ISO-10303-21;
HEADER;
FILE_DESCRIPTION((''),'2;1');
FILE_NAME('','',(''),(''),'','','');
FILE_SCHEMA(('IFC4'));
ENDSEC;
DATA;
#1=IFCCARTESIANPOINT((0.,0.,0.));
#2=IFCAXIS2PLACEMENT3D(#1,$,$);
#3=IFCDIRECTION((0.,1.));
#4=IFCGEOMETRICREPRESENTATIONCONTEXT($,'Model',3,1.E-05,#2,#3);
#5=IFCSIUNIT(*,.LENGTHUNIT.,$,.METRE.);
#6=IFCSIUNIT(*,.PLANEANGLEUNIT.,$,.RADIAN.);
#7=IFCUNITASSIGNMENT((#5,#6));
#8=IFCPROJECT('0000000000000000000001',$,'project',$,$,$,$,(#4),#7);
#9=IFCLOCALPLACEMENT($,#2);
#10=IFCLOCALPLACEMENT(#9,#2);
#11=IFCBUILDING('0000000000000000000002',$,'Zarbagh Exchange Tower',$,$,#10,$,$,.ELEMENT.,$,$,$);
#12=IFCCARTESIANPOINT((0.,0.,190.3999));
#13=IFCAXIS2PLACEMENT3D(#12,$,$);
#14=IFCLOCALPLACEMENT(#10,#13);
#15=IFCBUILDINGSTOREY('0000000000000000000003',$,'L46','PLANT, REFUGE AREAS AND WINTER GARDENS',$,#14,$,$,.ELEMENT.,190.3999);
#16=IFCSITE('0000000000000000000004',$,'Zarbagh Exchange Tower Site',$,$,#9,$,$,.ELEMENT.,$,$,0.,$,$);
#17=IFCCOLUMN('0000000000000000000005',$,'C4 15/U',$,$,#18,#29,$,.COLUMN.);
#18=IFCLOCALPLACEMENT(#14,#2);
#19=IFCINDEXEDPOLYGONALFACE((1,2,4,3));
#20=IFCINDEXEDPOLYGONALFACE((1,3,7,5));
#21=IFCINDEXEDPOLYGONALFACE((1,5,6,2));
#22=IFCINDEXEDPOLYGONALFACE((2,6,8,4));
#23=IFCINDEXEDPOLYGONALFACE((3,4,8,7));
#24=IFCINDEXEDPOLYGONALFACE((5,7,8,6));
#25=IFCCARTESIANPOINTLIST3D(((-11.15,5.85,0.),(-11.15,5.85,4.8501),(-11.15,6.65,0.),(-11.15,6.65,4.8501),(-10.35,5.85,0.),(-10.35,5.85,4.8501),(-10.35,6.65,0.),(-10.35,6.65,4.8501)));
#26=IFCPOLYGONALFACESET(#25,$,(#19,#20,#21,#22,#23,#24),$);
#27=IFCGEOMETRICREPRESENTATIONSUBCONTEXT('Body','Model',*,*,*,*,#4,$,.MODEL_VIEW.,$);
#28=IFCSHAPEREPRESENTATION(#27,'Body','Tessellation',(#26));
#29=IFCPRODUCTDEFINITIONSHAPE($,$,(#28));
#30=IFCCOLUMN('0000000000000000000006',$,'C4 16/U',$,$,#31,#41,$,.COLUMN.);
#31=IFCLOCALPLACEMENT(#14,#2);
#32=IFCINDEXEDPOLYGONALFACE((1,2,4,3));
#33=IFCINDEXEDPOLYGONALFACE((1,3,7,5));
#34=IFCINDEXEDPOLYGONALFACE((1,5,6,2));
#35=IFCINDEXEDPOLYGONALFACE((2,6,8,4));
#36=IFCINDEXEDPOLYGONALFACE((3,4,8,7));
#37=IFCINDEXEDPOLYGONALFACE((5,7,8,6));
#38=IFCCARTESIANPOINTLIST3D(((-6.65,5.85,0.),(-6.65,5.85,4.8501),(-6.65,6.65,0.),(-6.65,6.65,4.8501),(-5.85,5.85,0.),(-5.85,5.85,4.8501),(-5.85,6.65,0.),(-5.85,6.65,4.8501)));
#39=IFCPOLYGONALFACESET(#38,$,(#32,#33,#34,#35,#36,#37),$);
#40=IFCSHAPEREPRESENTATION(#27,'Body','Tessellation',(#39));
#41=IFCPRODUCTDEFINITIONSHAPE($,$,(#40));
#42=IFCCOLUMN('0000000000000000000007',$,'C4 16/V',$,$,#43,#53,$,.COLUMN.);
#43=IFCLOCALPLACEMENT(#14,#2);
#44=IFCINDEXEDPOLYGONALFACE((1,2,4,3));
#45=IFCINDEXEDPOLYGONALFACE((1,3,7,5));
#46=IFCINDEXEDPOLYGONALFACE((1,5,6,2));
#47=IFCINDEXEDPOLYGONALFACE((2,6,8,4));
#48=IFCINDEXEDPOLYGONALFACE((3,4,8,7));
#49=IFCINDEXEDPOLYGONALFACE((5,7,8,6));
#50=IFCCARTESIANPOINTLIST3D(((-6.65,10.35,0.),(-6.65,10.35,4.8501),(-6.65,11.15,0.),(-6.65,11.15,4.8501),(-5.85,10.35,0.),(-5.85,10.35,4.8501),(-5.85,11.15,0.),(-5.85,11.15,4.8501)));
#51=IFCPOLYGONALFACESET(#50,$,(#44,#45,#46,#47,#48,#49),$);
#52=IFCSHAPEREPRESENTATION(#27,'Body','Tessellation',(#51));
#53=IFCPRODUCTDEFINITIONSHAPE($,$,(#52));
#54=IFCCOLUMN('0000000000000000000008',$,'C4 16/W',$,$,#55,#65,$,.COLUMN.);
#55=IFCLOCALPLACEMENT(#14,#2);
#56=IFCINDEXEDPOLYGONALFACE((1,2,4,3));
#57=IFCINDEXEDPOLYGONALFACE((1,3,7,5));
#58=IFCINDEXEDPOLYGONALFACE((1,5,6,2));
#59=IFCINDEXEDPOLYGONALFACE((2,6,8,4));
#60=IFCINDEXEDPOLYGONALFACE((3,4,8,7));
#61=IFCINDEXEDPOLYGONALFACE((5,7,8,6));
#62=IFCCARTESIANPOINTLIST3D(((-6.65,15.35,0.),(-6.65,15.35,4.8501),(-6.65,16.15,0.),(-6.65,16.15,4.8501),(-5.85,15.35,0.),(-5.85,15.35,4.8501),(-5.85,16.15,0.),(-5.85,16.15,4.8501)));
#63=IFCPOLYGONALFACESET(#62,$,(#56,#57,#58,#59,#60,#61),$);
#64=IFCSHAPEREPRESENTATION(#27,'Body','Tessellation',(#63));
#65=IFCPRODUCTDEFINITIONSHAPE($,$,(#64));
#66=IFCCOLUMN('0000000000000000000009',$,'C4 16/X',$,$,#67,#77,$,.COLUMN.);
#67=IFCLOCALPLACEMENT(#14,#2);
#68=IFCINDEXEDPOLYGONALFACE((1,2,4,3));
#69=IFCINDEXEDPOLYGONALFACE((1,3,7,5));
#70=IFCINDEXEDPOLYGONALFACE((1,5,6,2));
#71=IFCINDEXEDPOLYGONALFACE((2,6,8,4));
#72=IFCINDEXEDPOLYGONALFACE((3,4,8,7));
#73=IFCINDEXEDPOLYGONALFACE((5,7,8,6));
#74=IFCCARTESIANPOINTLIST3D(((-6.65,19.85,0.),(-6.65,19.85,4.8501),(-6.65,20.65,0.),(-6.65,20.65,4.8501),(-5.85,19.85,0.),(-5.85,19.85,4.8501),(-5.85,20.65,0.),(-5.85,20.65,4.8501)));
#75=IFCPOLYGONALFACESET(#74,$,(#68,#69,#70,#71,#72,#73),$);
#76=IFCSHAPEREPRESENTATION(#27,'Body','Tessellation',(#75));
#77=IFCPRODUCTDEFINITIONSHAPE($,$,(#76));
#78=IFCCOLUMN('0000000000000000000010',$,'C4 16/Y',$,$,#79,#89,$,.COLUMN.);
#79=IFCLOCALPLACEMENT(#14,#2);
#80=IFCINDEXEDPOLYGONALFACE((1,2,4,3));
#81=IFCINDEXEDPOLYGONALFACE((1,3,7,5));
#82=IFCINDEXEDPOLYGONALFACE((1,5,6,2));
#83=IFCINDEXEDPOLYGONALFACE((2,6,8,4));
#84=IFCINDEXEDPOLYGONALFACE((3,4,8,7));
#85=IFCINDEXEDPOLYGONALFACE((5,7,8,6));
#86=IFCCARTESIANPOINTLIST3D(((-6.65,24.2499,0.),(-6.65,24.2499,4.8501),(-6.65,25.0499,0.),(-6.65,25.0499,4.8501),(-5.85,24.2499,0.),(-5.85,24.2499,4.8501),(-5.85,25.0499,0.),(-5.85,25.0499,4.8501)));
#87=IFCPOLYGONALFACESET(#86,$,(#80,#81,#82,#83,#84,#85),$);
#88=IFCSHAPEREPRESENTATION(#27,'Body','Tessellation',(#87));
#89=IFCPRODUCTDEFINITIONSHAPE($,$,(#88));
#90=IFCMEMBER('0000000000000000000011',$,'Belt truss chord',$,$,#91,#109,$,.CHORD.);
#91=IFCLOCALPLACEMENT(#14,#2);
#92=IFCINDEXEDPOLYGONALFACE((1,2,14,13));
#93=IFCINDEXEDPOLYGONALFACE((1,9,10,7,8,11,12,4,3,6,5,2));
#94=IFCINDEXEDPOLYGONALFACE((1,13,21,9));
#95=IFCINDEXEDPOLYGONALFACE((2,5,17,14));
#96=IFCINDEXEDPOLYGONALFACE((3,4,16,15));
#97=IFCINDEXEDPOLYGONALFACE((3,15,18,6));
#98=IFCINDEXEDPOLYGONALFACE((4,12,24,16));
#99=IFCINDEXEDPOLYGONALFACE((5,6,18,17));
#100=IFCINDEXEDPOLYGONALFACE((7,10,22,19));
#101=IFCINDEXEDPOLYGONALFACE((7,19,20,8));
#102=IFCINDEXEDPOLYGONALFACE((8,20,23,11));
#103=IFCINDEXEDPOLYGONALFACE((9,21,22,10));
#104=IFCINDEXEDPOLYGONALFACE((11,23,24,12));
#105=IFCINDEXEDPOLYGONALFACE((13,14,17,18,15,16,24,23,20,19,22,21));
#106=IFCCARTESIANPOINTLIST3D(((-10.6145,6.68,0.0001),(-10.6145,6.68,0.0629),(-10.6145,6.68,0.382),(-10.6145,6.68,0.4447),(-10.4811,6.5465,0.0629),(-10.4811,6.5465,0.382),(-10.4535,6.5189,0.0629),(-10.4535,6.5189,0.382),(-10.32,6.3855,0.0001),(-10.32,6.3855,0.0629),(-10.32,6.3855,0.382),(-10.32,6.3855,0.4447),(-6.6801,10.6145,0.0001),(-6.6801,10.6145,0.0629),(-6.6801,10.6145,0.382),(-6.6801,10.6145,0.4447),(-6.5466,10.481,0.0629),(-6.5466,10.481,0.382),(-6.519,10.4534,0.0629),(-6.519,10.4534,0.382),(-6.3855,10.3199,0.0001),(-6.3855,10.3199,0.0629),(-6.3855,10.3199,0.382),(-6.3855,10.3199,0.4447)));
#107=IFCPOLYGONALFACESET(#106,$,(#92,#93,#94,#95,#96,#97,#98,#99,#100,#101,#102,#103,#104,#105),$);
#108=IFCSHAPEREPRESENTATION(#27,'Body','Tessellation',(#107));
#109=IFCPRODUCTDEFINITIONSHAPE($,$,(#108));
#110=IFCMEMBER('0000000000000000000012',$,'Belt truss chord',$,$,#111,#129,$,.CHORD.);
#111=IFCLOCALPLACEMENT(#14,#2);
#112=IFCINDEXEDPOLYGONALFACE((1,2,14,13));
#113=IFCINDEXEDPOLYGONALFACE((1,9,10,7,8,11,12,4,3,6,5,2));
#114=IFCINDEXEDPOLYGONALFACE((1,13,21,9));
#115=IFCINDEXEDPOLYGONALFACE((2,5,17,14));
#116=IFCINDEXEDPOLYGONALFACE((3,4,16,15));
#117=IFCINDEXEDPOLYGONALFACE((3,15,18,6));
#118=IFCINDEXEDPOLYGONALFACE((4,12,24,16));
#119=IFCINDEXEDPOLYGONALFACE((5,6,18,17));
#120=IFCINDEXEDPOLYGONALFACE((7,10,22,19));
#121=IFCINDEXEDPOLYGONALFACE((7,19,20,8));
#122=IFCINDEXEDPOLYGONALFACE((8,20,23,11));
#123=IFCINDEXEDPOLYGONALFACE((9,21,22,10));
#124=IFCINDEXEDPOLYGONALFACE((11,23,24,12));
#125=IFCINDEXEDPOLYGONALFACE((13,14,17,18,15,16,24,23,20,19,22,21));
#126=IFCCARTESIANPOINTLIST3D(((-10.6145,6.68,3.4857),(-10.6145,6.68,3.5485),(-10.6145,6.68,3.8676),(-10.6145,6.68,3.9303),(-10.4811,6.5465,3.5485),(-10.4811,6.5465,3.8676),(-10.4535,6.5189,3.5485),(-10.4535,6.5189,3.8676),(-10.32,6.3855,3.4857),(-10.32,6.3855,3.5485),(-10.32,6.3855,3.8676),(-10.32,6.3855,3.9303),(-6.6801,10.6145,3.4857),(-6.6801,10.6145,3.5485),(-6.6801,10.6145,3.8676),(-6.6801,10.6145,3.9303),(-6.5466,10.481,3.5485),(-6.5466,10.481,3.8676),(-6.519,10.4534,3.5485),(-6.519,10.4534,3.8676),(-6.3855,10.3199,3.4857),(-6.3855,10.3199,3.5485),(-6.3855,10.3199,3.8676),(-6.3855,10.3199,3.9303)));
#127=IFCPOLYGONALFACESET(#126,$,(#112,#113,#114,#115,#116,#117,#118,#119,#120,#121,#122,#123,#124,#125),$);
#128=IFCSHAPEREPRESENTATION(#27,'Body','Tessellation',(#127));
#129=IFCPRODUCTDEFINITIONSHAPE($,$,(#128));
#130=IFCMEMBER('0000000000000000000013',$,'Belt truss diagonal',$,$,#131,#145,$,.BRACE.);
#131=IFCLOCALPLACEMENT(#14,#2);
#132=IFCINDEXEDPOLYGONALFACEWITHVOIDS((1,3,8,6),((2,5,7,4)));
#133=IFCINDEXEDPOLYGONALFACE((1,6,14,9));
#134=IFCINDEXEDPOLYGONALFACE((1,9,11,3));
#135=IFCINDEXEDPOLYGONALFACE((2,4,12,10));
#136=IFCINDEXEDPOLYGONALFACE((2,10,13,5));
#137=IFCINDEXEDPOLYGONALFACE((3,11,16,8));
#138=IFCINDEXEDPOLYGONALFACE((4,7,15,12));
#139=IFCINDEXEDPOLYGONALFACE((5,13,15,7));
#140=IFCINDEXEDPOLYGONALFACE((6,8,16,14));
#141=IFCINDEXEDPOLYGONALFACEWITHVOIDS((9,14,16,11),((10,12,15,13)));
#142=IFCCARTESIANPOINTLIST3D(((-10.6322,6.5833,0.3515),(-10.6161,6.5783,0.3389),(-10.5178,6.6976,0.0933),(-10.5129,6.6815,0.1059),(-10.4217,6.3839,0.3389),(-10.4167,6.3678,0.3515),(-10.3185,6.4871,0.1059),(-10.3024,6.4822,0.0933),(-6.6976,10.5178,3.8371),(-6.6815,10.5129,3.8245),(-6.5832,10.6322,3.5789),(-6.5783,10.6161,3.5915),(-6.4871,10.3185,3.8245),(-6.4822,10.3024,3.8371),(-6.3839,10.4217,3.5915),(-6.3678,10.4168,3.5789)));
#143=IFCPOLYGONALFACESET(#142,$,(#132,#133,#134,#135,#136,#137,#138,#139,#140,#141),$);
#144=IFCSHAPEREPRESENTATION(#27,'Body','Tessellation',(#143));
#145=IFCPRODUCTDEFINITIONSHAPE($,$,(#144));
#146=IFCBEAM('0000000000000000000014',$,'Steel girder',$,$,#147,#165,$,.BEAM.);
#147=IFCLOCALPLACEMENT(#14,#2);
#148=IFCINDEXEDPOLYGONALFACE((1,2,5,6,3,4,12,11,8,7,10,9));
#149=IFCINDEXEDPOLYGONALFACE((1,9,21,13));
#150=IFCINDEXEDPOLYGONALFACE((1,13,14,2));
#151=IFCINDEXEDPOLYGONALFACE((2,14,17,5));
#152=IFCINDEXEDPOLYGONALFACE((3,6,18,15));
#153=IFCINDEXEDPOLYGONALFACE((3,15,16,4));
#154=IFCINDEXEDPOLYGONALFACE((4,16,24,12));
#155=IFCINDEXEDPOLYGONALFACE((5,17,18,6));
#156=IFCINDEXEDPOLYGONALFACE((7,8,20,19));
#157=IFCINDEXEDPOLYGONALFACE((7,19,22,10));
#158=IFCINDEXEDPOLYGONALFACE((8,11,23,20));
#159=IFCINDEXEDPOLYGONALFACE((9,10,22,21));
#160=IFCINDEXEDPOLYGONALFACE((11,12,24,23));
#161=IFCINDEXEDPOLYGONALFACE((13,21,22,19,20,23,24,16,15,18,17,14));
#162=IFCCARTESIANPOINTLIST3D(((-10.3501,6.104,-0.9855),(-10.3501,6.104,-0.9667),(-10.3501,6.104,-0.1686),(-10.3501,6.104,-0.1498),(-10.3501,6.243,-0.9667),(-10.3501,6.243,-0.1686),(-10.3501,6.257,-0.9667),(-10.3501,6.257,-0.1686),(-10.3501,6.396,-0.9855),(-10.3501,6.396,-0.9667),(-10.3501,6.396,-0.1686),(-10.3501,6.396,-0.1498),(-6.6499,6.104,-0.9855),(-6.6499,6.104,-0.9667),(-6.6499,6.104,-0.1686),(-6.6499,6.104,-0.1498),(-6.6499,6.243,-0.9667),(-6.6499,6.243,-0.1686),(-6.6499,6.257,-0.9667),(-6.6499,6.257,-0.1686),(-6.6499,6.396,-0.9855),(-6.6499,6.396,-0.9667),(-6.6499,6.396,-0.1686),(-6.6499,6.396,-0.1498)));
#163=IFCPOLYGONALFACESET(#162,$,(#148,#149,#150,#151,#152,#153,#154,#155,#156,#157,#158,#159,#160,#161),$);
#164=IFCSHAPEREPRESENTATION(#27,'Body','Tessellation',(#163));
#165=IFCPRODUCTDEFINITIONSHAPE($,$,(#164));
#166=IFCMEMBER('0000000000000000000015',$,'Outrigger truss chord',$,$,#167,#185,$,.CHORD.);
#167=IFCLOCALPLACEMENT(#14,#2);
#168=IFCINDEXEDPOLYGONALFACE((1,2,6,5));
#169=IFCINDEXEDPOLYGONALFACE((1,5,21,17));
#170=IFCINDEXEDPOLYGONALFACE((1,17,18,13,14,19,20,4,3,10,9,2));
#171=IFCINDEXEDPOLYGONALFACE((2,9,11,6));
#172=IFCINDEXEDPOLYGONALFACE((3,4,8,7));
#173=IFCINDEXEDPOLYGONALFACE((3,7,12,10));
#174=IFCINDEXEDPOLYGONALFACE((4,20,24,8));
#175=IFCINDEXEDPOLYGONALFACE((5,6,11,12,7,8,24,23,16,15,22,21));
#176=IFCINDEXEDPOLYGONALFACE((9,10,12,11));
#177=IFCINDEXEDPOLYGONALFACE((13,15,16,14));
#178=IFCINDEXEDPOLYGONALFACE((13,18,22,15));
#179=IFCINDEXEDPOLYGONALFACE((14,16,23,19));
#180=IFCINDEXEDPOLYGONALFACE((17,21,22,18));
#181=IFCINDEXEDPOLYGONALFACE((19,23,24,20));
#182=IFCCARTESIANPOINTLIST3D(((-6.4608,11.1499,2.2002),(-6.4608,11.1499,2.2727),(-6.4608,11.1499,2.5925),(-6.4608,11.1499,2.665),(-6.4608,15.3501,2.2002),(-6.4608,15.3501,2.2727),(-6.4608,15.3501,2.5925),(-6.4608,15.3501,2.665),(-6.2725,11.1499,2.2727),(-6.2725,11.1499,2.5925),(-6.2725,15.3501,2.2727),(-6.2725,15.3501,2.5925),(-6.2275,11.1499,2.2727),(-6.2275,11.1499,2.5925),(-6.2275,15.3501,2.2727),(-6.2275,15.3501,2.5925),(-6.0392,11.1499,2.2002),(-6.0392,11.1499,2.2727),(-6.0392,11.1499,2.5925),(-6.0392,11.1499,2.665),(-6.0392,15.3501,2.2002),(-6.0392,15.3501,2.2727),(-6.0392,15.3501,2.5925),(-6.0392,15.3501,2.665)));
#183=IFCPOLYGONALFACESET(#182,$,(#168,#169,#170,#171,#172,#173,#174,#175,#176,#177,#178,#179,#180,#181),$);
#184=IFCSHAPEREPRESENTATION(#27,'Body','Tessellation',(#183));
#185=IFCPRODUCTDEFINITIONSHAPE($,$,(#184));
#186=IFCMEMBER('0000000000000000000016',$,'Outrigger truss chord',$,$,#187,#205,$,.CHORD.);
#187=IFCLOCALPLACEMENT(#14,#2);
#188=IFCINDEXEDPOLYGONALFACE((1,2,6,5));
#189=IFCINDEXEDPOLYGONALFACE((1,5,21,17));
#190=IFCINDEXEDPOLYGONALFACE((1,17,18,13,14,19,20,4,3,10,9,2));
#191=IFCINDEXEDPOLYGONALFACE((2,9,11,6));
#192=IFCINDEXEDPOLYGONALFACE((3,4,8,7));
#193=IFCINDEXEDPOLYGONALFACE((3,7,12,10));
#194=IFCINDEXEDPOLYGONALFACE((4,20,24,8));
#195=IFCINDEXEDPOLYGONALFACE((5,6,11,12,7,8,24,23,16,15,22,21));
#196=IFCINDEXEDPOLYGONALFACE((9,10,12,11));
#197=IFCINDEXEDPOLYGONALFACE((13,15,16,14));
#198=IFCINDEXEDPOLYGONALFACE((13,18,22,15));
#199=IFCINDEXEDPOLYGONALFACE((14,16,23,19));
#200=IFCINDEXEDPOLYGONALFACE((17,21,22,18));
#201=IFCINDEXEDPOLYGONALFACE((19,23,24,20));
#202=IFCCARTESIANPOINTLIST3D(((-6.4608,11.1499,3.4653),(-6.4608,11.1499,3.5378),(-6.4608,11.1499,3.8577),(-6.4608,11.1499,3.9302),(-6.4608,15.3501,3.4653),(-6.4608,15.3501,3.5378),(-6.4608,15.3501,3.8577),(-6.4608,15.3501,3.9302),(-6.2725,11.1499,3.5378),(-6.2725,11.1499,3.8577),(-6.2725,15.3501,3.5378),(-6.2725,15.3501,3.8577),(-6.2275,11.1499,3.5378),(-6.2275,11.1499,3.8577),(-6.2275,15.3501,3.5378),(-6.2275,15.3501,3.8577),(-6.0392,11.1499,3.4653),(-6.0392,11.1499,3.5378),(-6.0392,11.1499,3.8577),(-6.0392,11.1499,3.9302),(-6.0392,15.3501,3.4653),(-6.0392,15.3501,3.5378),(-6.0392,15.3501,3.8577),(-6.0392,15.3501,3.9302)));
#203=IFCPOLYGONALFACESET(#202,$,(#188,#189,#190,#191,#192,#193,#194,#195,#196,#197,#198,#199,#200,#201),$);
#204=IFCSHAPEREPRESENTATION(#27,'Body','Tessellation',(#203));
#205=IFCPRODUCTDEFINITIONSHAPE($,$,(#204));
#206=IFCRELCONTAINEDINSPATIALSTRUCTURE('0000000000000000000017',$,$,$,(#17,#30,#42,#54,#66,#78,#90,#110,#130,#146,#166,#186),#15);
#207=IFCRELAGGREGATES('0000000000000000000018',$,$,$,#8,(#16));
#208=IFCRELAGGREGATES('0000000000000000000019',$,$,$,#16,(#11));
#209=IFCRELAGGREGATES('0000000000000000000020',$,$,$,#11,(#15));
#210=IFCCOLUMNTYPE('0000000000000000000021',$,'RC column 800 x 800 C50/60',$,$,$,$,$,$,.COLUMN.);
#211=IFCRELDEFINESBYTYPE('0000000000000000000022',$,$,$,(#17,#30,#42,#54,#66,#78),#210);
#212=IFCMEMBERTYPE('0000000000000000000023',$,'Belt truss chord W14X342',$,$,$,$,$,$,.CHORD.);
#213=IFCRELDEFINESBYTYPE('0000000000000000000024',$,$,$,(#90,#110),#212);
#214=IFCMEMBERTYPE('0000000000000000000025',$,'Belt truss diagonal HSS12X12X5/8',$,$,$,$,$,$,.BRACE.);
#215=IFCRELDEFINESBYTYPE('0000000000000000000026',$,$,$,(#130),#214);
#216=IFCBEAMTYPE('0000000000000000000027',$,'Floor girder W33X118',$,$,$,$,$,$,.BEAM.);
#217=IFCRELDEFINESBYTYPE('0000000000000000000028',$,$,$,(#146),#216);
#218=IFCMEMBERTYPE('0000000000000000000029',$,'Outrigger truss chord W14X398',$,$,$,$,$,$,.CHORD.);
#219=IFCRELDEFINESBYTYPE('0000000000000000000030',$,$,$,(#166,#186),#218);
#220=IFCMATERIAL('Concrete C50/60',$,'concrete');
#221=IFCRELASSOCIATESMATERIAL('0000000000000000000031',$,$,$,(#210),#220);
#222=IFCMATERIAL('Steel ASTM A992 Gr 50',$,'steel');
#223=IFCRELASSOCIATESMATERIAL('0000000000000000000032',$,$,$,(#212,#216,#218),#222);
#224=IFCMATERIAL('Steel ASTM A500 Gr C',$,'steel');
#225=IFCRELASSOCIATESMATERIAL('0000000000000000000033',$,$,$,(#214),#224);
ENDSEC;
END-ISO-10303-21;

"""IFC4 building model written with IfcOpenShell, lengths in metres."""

from ifc_helpers import new_model, si_unit, direction, frame, origin, origin_2d, place, context, subcontext, project, spatial, rectangle, hollow_rectangle, i_section, extrude, material, material_profile, profile_set, type_object, element, save


model = new_model("IFC4")

# Units and contexts
model_context = context("Model", 3, precision=1e-05, world=origin(), true_north=direction((0.0, 1.0)))
body_context = subcontext(model_context, "Body", "Model", "MODEL_VIEW")
ifc_project = project(units=[si_unit("LENGTHUNIT", "METRE"), si_unit("PLANEANGLEUNIT", "RADIAN")], contexts=[model_context])

# Site, building, storey
site_placement = place(None, origin())
site = spatial("IfcSite", under=ifc_project, at=site_placement, Name="Zarbagh Exchange Tower Site", CompositionType="ELEMENT", RefElevation=0.0)
building_placement = place(site_placement, origin())
building = spatial("IfcBuilding", under=site, at=building_placement, Name="Zarbagh Exchange Tower", CompositionType="ELEMENT")
storey_placement = place(building_placement, frame((0.0, 0.0, 190.3999)))
storey = spatial("IfcBuildingStorey", under=building, at=storey_placement, Name="L46", Description="PLANT, REFUGE AREAS AND WINTER GARDENS", CompositionType="ELEMENT", Elevation=190.3999)

# Columns
ifc_material_1 = material(Name="Concrete C50/60", Category="concrete")
ifc_material_profile_1 = material_profile(ifc_material_1, rectangle(XDim=0.8, YDim=0.8, at=origin_2d()), Name="RC column 800 x 800 C50/60")
ifc_profile_set_1 = profile_set([ifc_material_profile_1], Name="Concrete C50/60")
column_type = type_object("IfcColumnType", Name="RC column 800 x 800 C50/60", PredefinedType="COLUMN", material=ifc_profile_set_1)
for number, where, z_axis, x_axis, name in (
    (1, (-10.75, 6.25, 0.0), (0.0, 0.0, 1.0), (1.0, 0.0, 0.0), "C4 15/U"),
    (2, (-6.25, 6.25, 0.0), (0.0, 0.0, 1.0), (1.0, 0.0, 0.0), "C4 16/U"),
    (3, (-6.25, 10.75, 0.0), (0.0, 0.0, 1.0), (1.0, 0.0, 0.0), "C4 16/V"),
    (4, (-6.25, 15.75, 0.0), (0.0, 0.0, 1.0), (1.0, 0.0, 0.0), "C4 16/W"),
    (5, (-6.25, 20.25, 0.0), (0.0, 0.0, 1.0), (1.0, 0.0, 0.0), "C4 16/X"),
    (6, (-6.25, 24.6499, 0.0), (0.0, 0.0, 1.0), (1.0, 0.0, 0.0), "C4 16/Y"),
):
    element("IfcColumn", number, at=place(storey_placement, frame(where, z_axis=z_axis, x_axis=x_axis)), inside=storey, type_object=column_type, Name=name, PredefinedType="COLUMN", context=body_context, shape_type="SweptSolid", body=[
        extrude(rectangle(XDim=0.8, YDim=0.8, at=origin_2d()), origin(), (0.0, 0.0, 1.0), 4.8501),
    ])

# Members
ifc_material_2 = material(Name="Steel ASTM A992 Gr 50", Category="steel")
ifc_material_profile_2 = material_profile(ifc_material_2, i_section(OverallWidth=0.4165, OverallDepth=0.4446, WebThickness=0.0391, FlangeThickness=0.0627, at=origin_2d()), Name="W14X342")
ifc_profile_set_2 = profile_set([ifc_material_profile_2], Name="Steel ASTM A992 Gr 50")
member_type_1 = type_object("IfcMemberType", Name="Belt truss chord W14X342", PredefinedType="CHORD", material=ifc_profile_set_2)
for number, where, z_axis, x_axis, name in (
    (7, (-10.4673, 6.5327, 0.2224), (0.707107, 0.707107, 0.0), (-0.707107, 0.707107, 0.0), "Belt truss chord"),
    (8, (-10.4673, 6.5327, 3.708), (0.707107, 0.707107, 0.0), (-0.707107, 0.707107, 0.0), "Belt truss chord"),
):
    element("IfcMember", number, at=place(storey_placement, frame(where, z_axis=z_axis, x_axis=x_axis)), inside=storey, type_object=member_type_1, Name=name, PredefinedType="CHORD", context=body_context, shape_type="SweptSolid", body=[
        extrude(i_section(OverallWidth=0.4165, OverallDepth=0.4446, WebThickness=0.0391, FlangeThickness=0.0627, at=origin_2d()), origin(), (0.0, 0.0, 1.0), 5.5642),
    ])
ifc_material_3 = material(Name="Steel ASTM A500 Gr C", Category="steel")
ifc_material_profile_3 = material_profile(ifc_material_3, hollow_rectangle(XDim=0.3047, YDim=0.3047, WallThickness=0.0149, at=origin_2d()), Name="HSS12X12X5/8")
ifc_profile_set_3 = profile_set([ifc_material_profile_3], Name="Steel ASTM A500 Gr C")
member_type_2 = type_object("IfcMemberType", Name="Belt truss diagonal HSS12X12X5/8", PredefinedType="BRACE", material=ifc_profile_set_3)
member_1_placement = place(storey_placement, frame((-10.4673, 6.5327, 0.2224), z_axis=(0.599243, 0.599243, 0.530863), x_axis=(-0.707107, 0.707107, 0.0)))
element("IfcMember", 9, at=member_1_placement, inside=storey, type_object=member_type_2, Name="Belt truss diagonal", PredefinedType="BRACE", context=body_context, shape_type="SweptSolid", body=[
    extrude(hollow_rectangle(XDim=0.3047, YDim=0.3047, WallThickness=0.0149, at=origin_2d()), origin(), (0.0, 0.0, 1.0), 6.5659),
])

# Beam
ifc_material_profile_4 = material_profile(ifc_material_2, i_section(OverallWidth=0.292, OverallDepth=0.8357, WebThickness=0.0139, FlangeThickness=0.0188, at=origin_2d()), Name="W33X118")
ifc_profile_set_4 = profile_set([ifc_material_profile_4], Name="Steel ASTM A992 Gr 50")
beam_type_1 = type_object("IfcBeamType", Name="Floor girder W33X118", PredefinedType="BEAM", material=ifc_profile_set_4)
beam_1_placement = place(storey_placement, frame((-10.3501, 6.25, -0.5676), z_axis=(1.0, 0.0, 0.0), x_axis=(0.0, 1.0, 0.0)))
element("IfcBeam", 10, at=beam_1_placement, inside=storey, type_object=beam_type_1, Name="Steel girder", PredefinedType="BEAM", context=body_context, shape_type="SweptSolid", body=[
    extrude(i_section(OverallWidth=0.292, OverallDepth=0.8357, WebThickness=0.0139, FlangeThickness=0.0188, at=origin_2d()), origin(), (0.0, 0.0, 1.0), 3.7002),
])

# Members
ifc_material_profile_5 = material_profile(ifc_material_2, i_section(OverallWidth=0.4216, OverallDepth=0.4648, WebThickness=0.0449, FlangeThickness=0.0725, at=origin_2d()), Name="W14X398")
ifc_profile_set_5 = profile_set([ifc_material_profile_5], Name="Steel ASTM A992 Gr 50")
member_type_3 = type_object("IfcMemberType", Name="Outrigger truss chord W14X398", PredefinedType="CHORD", material=ifc_profile_set_5)
for number, where, z_axis, x_axis, name in (
    (11, (-6.25, 11.1499, 2.4326), (0.0, 1.0, 0.0), (-1.0, 0.0, 0.0), "Outrigger truss chord"),
    (12, (-6.25, 11.1499, 3.6978), (0.0, 1.0, 0.0), (-1.0, 0.0, 0.0), "Outrigger truss chord"),
):
    element("IfcMember", number, at=place(storey_placement, frame(where, z_axis=z_axis, x_axis=x_axis)), inside=storey, type_object=member_type_3, Name=name, PredefinedType="CHORD", context=body_context, shape_type="SweptSolid", body=[
        extrude(i_section(OverallWidth=0.4216, OverallDepth=0.4648, WebThickness=0.0449, FlangeThickness=0.0725, at=origin_2d()), origin(), (0.0, 0.0, 1.0), 4.2002),
    ])

save(model, "model.ifc")
